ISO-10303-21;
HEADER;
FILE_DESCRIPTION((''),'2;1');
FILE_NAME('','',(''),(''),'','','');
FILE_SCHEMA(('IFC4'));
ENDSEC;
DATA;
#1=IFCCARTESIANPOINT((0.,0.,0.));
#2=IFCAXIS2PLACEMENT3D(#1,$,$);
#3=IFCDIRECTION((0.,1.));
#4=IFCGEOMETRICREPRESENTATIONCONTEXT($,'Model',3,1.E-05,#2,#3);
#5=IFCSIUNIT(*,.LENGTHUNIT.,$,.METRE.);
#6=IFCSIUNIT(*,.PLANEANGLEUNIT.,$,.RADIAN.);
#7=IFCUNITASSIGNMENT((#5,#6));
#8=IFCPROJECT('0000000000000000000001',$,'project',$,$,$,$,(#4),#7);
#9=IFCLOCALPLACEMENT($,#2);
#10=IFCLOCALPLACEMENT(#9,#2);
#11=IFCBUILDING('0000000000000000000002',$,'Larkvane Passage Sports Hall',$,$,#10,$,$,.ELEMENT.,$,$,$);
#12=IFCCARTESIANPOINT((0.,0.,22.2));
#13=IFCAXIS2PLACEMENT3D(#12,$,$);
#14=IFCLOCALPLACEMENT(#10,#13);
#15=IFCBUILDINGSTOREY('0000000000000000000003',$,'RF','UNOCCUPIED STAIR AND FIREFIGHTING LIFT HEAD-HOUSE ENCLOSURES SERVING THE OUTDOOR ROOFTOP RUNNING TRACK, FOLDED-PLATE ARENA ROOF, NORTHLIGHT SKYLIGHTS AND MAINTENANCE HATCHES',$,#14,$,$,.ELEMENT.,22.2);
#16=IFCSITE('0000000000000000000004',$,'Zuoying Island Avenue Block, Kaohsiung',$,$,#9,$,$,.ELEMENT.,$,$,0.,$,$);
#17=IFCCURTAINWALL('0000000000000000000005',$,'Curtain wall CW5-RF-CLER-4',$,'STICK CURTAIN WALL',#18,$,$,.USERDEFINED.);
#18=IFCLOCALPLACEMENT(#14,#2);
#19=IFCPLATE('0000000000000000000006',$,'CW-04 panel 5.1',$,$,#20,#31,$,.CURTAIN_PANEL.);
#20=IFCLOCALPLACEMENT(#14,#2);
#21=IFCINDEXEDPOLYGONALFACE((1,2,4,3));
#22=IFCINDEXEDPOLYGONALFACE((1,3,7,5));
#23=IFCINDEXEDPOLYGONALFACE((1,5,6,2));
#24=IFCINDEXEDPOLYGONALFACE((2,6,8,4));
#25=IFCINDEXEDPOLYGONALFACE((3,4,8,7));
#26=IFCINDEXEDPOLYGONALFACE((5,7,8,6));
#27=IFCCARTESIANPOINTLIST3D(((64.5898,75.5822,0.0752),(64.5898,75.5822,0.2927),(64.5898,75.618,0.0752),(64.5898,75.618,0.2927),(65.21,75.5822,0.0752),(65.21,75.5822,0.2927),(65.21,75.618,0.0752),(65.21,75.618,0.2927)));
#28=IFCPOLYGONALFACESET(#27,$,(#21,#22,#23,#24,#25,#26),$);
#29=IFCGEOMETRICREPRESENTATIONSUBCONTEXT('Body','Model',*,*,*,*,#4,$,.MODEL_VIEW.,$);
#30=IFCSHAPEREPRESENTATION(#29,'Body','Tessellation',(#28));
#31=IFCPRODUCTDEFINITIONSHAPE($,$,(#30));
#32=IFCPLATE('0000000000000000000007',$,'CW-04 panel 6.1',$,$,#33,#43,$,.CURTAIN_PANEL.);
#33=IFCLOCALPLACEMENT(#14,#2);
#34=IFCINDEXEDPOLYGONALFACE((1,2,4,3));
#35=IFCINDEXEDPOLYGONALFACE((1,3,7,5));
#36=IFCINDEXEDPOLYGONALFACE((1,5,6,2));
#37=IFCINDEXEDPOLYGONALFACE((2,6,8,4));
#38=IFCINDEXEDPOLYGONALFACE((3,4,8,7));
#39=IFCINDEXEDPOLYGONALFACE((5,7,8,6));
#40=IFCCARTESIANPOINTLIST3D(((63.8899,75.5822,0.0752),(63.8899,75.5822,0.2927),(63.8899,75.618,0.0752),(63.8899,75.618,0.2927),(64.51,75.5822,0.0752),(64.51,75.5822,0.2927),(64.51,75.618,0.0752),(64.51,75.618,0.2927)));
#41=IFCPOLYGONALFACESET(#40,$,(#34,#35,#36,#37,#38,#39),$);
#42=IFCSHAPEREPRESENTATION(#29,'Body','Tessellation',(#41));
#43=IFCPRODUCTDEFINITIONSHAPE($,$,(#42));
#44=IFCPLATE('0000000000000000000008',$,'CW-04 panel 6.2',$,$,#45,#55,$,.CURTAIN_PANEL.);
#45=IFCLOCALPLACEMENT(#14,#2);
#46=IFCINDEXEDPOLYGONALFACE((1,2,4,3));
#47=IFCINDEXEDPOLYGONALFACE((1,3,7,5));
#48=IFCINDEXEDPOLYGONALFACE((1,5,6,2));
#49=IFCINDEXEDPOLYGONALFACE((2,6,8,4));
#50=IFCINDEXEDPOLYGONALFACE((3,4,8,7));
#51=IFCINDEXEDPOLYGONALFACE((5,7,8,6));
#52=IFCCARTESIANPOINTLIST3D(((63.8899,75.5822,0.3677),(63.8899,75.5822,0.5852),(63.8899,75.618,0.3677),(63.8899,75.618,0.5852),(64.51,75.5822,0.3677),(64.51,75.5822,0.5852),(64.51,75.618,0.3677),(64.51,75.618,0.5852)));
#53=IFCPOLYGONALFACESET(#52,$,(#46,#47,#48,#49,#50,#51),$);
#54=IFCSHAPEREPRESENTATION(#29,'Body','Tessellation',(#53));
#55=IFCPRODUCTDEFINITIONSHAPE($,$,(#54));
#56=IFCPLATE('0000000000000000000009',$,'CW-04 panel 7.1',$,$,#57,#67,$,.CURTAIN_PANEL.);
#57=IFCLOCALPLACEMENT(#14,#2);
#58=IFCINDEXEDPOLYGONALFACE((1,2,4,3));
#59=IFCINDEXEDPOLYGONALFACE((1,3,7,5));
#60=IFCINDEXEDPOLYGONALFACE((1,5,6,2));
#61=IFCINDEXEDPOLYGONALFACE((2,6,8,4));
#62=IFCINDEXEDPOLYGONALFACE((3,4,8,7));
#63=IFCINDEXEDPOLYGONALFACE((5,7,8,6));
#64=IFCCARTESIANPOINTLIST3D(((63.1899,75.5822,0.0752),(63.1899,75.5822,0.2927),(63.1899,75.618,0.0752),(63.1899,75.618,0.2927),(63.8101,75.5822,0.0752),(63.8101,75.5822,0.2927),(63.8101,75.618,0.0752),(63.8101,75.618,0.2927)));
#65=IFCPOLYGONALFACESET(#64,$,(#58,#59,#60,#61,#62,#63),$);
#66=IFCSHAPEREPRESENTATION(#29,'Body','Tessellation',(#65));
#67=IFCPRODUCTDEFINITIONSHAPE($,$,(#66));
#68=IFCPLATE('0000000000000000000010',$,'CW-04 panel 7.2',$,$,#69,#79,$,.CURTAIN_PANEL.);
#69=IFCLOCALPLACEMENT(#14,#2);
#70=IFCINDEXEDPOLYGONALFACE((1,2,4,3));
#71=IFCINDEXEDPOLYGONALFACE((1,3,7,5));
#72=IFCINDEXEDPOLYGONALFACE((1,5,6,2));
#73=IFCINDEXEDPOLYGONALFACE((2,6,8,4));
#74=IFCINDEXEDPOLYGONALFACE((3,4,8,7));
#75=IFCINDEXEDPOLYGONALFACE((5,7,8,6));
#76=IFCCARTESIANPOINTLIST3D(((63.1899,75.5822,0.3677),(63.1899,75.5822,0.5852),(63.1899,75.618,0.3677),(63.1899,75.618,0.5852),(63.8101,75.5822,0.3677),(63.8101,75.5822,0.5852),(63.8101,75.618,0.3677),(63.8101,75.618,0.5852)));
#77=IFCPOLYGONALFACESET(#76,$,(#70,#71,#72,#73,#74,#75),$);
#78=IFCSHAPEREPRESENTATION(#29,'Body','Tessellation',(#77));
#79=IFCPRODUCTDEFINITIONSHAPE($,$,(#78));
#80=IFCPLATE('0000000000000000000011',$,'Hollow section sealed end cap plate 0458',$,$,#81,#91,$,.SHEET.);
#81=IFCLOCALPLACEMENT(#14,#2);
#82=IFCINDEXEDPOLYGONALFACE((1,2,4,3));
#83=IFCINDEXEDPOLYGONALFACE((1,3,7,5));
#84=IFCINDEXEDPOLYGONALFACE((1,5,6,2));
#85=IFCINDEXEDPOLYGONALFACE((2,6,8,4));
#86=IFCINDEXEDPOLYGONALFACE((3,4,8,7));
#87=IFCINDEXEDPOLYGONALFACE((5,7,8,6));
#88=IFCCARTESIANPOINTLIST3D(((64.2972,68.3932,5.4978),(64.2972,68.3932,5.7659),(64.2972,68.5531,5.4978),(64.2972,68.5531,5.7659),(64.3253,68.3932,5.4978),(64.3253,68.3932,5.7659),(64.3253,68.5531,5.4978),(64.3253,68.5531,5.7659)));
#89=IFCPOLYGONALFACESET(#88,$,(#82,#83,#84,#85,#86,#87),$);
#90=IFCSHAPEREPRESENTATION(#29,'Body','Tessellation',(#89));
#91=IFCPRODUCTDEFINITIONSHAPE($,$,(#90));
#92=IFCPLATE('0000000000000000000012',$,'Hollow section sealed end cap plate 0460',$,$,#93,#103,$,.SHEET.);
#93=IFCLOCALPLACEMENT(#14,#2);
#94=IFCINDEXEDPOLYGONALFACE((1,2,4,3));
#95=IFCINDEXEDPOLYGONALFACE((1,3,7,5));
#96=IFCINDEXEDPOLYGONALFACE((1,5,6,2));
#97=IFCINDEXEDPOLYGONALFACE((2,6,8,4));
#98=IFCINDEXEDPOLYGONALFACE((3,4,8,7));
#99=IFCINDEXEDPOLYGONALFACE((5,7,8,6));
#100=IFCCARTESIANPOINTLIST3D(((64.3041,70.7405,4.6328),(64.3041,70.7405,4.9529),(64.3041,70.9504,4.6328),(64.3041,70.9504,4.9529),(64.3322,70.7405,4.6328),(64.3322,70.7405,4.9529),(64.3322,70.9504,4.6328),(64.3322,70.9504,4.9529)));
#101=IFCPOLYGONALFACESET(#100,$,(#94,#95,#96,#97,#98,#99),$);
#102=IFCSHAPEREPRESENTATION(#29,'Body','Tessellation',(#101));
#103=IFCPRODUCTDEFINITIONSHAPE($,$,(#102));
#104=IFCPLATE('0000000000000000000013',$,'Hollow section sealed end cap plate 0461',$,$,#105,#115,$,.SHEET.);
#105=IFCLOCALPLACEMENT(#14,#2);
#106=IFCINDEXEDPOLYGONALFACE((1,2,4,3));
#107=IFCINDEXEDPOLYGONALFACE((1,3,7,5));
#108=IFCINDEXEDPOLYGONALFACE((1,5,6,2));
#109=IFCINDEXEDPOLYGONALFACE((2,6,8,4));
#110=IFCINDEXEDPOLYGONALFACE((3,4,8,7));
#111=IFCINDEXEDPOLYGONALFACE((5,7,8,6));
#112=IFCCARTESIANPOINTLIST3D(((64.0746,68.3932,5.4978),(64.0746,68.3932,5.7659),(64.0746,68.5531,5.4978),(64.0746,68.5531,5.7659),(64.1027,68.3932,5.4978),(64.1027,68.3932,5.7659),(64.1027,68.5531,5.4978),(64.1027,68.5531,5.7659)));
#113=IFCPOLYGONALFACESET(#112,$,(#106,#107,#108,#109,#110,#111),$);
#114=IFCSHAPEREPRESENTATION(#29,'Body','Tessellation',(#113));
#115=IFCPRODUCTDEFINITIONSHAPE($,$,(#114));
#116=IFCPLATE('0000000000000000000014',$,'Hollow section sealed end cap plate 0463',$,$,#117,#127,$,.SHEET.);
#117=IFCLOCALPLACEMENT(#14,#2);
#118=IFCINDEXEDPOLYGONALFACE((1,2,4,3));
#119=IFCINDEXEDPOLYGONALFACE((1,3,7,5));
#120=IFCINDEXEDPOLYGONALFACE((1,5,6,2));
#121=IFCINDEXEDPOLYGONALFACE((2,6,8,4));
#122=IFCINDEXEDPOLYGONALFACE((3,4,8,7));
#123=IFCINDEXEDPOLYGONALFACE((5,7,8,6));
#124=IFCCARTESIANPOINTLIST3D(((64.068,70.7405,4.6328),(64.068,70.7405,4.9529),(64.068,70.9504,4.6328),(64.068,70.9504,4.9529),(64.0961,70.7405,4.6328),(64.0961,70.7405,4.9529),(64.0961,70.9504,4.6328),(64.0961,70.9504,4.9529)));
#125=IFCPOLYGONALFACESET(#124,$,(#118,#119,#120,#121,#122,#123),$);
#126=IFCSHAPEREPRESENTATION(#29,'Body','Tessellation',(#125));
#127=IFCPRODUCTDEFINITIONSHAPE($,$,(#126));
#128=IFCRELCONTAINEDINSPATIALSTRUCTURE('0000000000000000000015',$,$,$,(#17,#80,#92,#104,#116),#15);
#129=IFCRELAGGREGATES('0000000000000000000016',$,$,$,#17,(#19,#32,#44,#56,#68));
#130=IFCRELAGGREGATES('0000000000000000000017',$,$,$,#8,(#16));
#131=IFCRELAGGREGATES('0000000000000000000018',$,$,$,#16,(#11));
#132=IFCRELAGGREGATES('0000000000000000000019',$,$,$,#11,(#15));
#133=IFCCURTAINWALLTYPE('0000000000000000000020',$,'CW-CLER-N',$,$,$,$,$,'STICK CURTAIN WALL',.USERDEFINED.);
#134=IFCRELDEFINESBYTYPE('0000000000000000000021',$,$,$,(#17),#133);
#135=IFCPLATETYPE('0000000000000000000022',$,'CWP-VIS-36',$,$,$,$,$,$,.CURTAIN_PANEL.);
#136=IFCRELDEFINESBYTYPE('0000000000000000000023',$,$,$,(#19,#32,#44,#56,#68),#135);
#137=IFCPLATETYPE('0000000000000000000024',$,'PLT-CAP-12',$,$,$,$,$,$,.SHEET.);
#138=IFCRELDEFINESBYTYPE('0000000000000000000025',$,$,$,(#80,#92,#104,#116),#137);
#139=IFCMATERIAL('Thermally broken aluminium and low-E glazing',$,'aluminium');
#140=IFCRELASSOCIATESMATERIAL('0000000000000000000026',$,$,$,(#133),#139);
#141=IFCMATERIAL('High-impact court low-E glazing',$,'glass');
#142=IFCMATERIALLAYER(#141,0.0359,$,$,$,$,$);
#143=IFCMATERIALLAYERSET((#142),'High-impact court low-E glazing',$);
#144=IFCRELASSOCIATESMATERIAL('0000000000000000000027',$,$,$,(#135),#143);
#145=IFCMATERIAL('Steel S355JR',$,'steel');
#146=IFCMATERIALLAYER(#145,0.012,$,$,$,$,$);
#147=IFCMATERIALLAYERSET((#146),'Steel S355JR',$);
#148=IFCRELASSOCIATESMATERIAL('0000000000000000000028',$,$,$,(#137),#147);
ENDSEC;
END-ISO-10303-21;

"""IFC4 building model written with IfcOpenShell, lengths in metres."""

from ifc_helpers import new_model, si_unit, direction, frame, origin, origin_2d, place, context, subcontext, project, spatial, rectangle, extrude, material, layer, layer_set, type_object, element, aggregate, save


model = new_model("IFC4")

# Units and contexts
model_context = context("Model", 3, precision=1e-05, world=origin(), true_north=direction((0.0, 1.0)))
body_context = subcontext(model_context, "Body", "Model", "MODEL_VIEW")
ifc_project = project(units=[si_unit("LENGTHUNIT", "METRE"), si_unit("PLANEANGLEUNIT", "RADIAN")], contexts=[model_context])

# Site, building, storey
site_placement = place(None, origin())
site = spatial("IfcSite", under=ifc_project, at=site_placement, Name="Zuoying Island Avenue Block, Kaohsiung", CompositionType="ELEMENT", RefElevation=0.0)
building_placement = place(site_placement, origin())
building = spatial("IfcBuilding", under=site, at=building_placement, Name="Larkvane Passage Sports Hall", CompositionType="ELEMENT")
storey_placement = place(building_placement, frame((0.0, 0.0, 22.2)))
storey = spatial("IfcBuildingStorey", under=building, at=storey_placement, Name="RF", Description="UNOCCUPIED STAIR AND FIREFIGHTING LIFT HEAD-HOUSE ENCLOSURES SERVING THE OUTDOOR ROOFTOP RUNNING TRACK, FOLDED-PLATE ARENA ROOF, NORTHLIGHT SKYLIGHTS AND MAINTENANCE HATCHES", CompositionType="ELEMENT", Elevation=22.2)

# Curtain wall
ifc_material_1 = material(Name="Thermally broken aluminium and low-E glazing", Category="aluminium")
curtain_wall_type = type_object("IfcCurtainWallType", Name="CW-CLER-N", ElementType="STICK CURTAIN WALL", PredefinedType="USERDEFINED", material=ifc_material_1)
curtain_wall_placement = place(storey_placement, origin())
curtain_wall = element("IfcCurtainWall", 1, at=curtain_wall_placement, inside=storey, type_object=curtain_wall_type, Name="Curtain wall CW5-RF-CLER-4", ObjectType="STICK CURTAIN WALL", PredefinedType="USERDEFINED")

# Shared definitions
ifc_material_2 = material(Name="Steel S355JR", Category="steel")

# Plates
ifc_material_3 = material(Name="High-impact court low-E glazing", Category="glass")
ifc_layer_1 = layer(ifc_material_3, 0.0359)
ifc_layer_set_1 = layer_set([ifc_layer_1], Name="High-impact court low-E glazing")
plate_type_1 = type_object("IfcPlateType", Name="CWP-VIS-36", PredefinedType="CURTAIN_PANEL", material=ifc_layer_set_1)
plate_1_placement = place(storey_placement, frame((64.8999, 75.6001, 0.0752), z_axis=(0.0, 0.0, 1.0), x_axis=(-1.0, 0.0, 0.0)))
plate_1 = element("IfcPlate", 2, at=plate_1_placement, type_object=plate_type_1, Name="CW-04 panel 5.1", PredefinedType="CURTAIN_PANEL", context=body_context, shape_type="SweptSolid", body=[
    extrude(rectangle(XDim=0.6201, YDim=0.0359, at=origin_2d()), origin(), (0.0, 0.0, 1.0), 0.2175),
])
plate_2_placement = place(storey_placement, frame((64.2, 75.6001, 0.0752), z_axis=(0.0, 0.0, 1.0), x_axis=(-1.0, 0.0, 0.0)))
plate_2 = element("IfcPlate", 3, at=plate_2_placement, type_object=plate_type_1, Name="CW-04 panel 6.1", PredefinedType="CURTAIN_PANEL", context=body_context, shape_type="SweptSolid", body=[
    extrude(rectangle(XDim=0.6201, YDim=0.0359, at=origin_2d()), origin(), (0.0, 0.0, 1.0), 0.2175),
])
plate_3_placement = place(storey_placement, frame((64.2, 75.6001, 0.3677), z_axis=(0.0, 0.0, 1.0), x_axis=(-1.0, 0.0, 0.0)))
plate_3 = element("IfcPlate", 4, at=plate_3_placement, type_object=plate_type_1, Name="CW-04 panel 6.2", PredefinedType="CURTAIN_PANEL", context=body_context, shape_type="SweptSolid", body=[
    extrude(rectangle(XDim=0.6201, YDim=0.0359, at=origin_2d()), origin(), (0.0, 0.0, 1.0), 0.2175),
])
plate_4_placement = place(storey_placement, frame((63.5, 75.6001, 0.0752), z_axis=(0.0, 0.0, 1.0), x_axis=(-1.0, 0.0, 0.0)))
plate_4 = element("IfcPlate", 5, at=plate_4_placement, type_object=plate_type_1, Name="CW-04 panel 7.1", PredefinedType="CURTAIN_PANEL", context=body_context, shape_type="SweptSolid", body=[
    extrude(rectangle(XDim=0.6201, YDim=0.0359, at=origin_2d()), origin(), (0.0, 0.0, 1.0), 0.2175),
])
plate_5_placement = place(storey_placement, frame((63.5, 75.6001, 0.3677), z_axis=(0.0, 0.0, 1.0), x_axis=(-1.0, 0.0, 0.0)))
plate_5 = element("IfcPlate", 6, at=plate_5_placement, type_object=plate_type_1, Name="CW-04 panel 7.2", PredefinedType="CURTAIN_PANEL", context=body_context, shape_type="SweptSolid", body=[
    extrude(rectangle(XDim=0.6201, YDim=0.0359, at=origin_2d()), origin(), (0.0, 0.0, 1.0), 0.2175),
])
aggregate(curtain_wall, [plate_1, plate_2, plate_3, plate_4, plate_5])

# Plates
ifc_layer_2 = layer(ifc_material_2, 0.012)
ifc_layer_set_2 = layer_set([ifc_layer_2], Name="Steel S355JR")
plate_type_2 = type_object("IfcPlateType", Name="PLT-CAP-12", PredefinedType="SHEET", material=ifc_layer_set_2)
plate_6_placement = place(storey_placement, frame((64.3113, 68.4731, 5.4978), z_axis=(0.0, 0.0, 1.0), x_axis=(0.0, 1.0, 0.0)))
element("IfcPlate", 7, at=plate_6_placement, inside=storey, type_object=plate_type_2, Name="Hollow section sealed end cap plate 0458", PredefinedType="SHEET", context=body_context, shape_type="SweptSolid", body=[
    extrude(rectangle(XDim=0.1599, YDim=0.0281, at=origin_2d()), origin(), (0.0, 0.0, 1.0), 0.2681),
])
plate_7_placement = place(storey_placement, frame((64.3181, 70.8455, 4.6328), z_axis=(0.0, 0.0, 1.0), x_axis=(0.0, 1.0, 0.0)))
element("IfcPlate", 8, at=plate_7_placement, inside=storey, type_object=plate_type_2, Name="Hollow section sealed end cap plate 0460", PredefinedType="SHEET", context=body_context, shape_type="SweptSolid", body=[
    extrude(rectangle(XDim=0.21, YDim=0.0281, at=origin_2d()), origin(), (0.0, 0.0, 1.0), 0.3201),
])
plate_8_placement = place(storey_placement, frame((64.0886, 68.4731, 5.4978), z_axis=(0.0, 0.0, 1.0), x_axis=(0.0, 1.0, 0.0)))
element("IfcPlate", 9, at=plate_8_placement, inside=storey, type_object=plate_type_2, Name="Hollow section sealed end cap plate 0461", PredefinedType="SHEET", context=body_context, shape_type="SweptSolid", body=[
    extrude(rectangle(XDim=0.1599, YDim=0.0281, at=origin_2d()), origin(), (0.0, 0.0, 1.0), 0.2681),
])
plate_9_placement = place(storey_placement, frame((64.082, 70.8455, 4.6328), z_axis=(0.0, 0.0, 1.0), x_axis=(0.0, 1.0, 0.0)))
element("IfcPlate", 10, at=plate_9_placement, inside=storey, type_object=plate_type_2, Name="Hollow section sealed end cap plate 0463", PredefinedType="SHEET", context=body_context, shape_type="SweptSolid", body=[
    extrude(rectangle(XDim=0.21, YDim=0.0281, at=origin_2d()), origin(), (0.0, 0.0, 1.0), 0.3201),
])

save(model, "model.ifc")
